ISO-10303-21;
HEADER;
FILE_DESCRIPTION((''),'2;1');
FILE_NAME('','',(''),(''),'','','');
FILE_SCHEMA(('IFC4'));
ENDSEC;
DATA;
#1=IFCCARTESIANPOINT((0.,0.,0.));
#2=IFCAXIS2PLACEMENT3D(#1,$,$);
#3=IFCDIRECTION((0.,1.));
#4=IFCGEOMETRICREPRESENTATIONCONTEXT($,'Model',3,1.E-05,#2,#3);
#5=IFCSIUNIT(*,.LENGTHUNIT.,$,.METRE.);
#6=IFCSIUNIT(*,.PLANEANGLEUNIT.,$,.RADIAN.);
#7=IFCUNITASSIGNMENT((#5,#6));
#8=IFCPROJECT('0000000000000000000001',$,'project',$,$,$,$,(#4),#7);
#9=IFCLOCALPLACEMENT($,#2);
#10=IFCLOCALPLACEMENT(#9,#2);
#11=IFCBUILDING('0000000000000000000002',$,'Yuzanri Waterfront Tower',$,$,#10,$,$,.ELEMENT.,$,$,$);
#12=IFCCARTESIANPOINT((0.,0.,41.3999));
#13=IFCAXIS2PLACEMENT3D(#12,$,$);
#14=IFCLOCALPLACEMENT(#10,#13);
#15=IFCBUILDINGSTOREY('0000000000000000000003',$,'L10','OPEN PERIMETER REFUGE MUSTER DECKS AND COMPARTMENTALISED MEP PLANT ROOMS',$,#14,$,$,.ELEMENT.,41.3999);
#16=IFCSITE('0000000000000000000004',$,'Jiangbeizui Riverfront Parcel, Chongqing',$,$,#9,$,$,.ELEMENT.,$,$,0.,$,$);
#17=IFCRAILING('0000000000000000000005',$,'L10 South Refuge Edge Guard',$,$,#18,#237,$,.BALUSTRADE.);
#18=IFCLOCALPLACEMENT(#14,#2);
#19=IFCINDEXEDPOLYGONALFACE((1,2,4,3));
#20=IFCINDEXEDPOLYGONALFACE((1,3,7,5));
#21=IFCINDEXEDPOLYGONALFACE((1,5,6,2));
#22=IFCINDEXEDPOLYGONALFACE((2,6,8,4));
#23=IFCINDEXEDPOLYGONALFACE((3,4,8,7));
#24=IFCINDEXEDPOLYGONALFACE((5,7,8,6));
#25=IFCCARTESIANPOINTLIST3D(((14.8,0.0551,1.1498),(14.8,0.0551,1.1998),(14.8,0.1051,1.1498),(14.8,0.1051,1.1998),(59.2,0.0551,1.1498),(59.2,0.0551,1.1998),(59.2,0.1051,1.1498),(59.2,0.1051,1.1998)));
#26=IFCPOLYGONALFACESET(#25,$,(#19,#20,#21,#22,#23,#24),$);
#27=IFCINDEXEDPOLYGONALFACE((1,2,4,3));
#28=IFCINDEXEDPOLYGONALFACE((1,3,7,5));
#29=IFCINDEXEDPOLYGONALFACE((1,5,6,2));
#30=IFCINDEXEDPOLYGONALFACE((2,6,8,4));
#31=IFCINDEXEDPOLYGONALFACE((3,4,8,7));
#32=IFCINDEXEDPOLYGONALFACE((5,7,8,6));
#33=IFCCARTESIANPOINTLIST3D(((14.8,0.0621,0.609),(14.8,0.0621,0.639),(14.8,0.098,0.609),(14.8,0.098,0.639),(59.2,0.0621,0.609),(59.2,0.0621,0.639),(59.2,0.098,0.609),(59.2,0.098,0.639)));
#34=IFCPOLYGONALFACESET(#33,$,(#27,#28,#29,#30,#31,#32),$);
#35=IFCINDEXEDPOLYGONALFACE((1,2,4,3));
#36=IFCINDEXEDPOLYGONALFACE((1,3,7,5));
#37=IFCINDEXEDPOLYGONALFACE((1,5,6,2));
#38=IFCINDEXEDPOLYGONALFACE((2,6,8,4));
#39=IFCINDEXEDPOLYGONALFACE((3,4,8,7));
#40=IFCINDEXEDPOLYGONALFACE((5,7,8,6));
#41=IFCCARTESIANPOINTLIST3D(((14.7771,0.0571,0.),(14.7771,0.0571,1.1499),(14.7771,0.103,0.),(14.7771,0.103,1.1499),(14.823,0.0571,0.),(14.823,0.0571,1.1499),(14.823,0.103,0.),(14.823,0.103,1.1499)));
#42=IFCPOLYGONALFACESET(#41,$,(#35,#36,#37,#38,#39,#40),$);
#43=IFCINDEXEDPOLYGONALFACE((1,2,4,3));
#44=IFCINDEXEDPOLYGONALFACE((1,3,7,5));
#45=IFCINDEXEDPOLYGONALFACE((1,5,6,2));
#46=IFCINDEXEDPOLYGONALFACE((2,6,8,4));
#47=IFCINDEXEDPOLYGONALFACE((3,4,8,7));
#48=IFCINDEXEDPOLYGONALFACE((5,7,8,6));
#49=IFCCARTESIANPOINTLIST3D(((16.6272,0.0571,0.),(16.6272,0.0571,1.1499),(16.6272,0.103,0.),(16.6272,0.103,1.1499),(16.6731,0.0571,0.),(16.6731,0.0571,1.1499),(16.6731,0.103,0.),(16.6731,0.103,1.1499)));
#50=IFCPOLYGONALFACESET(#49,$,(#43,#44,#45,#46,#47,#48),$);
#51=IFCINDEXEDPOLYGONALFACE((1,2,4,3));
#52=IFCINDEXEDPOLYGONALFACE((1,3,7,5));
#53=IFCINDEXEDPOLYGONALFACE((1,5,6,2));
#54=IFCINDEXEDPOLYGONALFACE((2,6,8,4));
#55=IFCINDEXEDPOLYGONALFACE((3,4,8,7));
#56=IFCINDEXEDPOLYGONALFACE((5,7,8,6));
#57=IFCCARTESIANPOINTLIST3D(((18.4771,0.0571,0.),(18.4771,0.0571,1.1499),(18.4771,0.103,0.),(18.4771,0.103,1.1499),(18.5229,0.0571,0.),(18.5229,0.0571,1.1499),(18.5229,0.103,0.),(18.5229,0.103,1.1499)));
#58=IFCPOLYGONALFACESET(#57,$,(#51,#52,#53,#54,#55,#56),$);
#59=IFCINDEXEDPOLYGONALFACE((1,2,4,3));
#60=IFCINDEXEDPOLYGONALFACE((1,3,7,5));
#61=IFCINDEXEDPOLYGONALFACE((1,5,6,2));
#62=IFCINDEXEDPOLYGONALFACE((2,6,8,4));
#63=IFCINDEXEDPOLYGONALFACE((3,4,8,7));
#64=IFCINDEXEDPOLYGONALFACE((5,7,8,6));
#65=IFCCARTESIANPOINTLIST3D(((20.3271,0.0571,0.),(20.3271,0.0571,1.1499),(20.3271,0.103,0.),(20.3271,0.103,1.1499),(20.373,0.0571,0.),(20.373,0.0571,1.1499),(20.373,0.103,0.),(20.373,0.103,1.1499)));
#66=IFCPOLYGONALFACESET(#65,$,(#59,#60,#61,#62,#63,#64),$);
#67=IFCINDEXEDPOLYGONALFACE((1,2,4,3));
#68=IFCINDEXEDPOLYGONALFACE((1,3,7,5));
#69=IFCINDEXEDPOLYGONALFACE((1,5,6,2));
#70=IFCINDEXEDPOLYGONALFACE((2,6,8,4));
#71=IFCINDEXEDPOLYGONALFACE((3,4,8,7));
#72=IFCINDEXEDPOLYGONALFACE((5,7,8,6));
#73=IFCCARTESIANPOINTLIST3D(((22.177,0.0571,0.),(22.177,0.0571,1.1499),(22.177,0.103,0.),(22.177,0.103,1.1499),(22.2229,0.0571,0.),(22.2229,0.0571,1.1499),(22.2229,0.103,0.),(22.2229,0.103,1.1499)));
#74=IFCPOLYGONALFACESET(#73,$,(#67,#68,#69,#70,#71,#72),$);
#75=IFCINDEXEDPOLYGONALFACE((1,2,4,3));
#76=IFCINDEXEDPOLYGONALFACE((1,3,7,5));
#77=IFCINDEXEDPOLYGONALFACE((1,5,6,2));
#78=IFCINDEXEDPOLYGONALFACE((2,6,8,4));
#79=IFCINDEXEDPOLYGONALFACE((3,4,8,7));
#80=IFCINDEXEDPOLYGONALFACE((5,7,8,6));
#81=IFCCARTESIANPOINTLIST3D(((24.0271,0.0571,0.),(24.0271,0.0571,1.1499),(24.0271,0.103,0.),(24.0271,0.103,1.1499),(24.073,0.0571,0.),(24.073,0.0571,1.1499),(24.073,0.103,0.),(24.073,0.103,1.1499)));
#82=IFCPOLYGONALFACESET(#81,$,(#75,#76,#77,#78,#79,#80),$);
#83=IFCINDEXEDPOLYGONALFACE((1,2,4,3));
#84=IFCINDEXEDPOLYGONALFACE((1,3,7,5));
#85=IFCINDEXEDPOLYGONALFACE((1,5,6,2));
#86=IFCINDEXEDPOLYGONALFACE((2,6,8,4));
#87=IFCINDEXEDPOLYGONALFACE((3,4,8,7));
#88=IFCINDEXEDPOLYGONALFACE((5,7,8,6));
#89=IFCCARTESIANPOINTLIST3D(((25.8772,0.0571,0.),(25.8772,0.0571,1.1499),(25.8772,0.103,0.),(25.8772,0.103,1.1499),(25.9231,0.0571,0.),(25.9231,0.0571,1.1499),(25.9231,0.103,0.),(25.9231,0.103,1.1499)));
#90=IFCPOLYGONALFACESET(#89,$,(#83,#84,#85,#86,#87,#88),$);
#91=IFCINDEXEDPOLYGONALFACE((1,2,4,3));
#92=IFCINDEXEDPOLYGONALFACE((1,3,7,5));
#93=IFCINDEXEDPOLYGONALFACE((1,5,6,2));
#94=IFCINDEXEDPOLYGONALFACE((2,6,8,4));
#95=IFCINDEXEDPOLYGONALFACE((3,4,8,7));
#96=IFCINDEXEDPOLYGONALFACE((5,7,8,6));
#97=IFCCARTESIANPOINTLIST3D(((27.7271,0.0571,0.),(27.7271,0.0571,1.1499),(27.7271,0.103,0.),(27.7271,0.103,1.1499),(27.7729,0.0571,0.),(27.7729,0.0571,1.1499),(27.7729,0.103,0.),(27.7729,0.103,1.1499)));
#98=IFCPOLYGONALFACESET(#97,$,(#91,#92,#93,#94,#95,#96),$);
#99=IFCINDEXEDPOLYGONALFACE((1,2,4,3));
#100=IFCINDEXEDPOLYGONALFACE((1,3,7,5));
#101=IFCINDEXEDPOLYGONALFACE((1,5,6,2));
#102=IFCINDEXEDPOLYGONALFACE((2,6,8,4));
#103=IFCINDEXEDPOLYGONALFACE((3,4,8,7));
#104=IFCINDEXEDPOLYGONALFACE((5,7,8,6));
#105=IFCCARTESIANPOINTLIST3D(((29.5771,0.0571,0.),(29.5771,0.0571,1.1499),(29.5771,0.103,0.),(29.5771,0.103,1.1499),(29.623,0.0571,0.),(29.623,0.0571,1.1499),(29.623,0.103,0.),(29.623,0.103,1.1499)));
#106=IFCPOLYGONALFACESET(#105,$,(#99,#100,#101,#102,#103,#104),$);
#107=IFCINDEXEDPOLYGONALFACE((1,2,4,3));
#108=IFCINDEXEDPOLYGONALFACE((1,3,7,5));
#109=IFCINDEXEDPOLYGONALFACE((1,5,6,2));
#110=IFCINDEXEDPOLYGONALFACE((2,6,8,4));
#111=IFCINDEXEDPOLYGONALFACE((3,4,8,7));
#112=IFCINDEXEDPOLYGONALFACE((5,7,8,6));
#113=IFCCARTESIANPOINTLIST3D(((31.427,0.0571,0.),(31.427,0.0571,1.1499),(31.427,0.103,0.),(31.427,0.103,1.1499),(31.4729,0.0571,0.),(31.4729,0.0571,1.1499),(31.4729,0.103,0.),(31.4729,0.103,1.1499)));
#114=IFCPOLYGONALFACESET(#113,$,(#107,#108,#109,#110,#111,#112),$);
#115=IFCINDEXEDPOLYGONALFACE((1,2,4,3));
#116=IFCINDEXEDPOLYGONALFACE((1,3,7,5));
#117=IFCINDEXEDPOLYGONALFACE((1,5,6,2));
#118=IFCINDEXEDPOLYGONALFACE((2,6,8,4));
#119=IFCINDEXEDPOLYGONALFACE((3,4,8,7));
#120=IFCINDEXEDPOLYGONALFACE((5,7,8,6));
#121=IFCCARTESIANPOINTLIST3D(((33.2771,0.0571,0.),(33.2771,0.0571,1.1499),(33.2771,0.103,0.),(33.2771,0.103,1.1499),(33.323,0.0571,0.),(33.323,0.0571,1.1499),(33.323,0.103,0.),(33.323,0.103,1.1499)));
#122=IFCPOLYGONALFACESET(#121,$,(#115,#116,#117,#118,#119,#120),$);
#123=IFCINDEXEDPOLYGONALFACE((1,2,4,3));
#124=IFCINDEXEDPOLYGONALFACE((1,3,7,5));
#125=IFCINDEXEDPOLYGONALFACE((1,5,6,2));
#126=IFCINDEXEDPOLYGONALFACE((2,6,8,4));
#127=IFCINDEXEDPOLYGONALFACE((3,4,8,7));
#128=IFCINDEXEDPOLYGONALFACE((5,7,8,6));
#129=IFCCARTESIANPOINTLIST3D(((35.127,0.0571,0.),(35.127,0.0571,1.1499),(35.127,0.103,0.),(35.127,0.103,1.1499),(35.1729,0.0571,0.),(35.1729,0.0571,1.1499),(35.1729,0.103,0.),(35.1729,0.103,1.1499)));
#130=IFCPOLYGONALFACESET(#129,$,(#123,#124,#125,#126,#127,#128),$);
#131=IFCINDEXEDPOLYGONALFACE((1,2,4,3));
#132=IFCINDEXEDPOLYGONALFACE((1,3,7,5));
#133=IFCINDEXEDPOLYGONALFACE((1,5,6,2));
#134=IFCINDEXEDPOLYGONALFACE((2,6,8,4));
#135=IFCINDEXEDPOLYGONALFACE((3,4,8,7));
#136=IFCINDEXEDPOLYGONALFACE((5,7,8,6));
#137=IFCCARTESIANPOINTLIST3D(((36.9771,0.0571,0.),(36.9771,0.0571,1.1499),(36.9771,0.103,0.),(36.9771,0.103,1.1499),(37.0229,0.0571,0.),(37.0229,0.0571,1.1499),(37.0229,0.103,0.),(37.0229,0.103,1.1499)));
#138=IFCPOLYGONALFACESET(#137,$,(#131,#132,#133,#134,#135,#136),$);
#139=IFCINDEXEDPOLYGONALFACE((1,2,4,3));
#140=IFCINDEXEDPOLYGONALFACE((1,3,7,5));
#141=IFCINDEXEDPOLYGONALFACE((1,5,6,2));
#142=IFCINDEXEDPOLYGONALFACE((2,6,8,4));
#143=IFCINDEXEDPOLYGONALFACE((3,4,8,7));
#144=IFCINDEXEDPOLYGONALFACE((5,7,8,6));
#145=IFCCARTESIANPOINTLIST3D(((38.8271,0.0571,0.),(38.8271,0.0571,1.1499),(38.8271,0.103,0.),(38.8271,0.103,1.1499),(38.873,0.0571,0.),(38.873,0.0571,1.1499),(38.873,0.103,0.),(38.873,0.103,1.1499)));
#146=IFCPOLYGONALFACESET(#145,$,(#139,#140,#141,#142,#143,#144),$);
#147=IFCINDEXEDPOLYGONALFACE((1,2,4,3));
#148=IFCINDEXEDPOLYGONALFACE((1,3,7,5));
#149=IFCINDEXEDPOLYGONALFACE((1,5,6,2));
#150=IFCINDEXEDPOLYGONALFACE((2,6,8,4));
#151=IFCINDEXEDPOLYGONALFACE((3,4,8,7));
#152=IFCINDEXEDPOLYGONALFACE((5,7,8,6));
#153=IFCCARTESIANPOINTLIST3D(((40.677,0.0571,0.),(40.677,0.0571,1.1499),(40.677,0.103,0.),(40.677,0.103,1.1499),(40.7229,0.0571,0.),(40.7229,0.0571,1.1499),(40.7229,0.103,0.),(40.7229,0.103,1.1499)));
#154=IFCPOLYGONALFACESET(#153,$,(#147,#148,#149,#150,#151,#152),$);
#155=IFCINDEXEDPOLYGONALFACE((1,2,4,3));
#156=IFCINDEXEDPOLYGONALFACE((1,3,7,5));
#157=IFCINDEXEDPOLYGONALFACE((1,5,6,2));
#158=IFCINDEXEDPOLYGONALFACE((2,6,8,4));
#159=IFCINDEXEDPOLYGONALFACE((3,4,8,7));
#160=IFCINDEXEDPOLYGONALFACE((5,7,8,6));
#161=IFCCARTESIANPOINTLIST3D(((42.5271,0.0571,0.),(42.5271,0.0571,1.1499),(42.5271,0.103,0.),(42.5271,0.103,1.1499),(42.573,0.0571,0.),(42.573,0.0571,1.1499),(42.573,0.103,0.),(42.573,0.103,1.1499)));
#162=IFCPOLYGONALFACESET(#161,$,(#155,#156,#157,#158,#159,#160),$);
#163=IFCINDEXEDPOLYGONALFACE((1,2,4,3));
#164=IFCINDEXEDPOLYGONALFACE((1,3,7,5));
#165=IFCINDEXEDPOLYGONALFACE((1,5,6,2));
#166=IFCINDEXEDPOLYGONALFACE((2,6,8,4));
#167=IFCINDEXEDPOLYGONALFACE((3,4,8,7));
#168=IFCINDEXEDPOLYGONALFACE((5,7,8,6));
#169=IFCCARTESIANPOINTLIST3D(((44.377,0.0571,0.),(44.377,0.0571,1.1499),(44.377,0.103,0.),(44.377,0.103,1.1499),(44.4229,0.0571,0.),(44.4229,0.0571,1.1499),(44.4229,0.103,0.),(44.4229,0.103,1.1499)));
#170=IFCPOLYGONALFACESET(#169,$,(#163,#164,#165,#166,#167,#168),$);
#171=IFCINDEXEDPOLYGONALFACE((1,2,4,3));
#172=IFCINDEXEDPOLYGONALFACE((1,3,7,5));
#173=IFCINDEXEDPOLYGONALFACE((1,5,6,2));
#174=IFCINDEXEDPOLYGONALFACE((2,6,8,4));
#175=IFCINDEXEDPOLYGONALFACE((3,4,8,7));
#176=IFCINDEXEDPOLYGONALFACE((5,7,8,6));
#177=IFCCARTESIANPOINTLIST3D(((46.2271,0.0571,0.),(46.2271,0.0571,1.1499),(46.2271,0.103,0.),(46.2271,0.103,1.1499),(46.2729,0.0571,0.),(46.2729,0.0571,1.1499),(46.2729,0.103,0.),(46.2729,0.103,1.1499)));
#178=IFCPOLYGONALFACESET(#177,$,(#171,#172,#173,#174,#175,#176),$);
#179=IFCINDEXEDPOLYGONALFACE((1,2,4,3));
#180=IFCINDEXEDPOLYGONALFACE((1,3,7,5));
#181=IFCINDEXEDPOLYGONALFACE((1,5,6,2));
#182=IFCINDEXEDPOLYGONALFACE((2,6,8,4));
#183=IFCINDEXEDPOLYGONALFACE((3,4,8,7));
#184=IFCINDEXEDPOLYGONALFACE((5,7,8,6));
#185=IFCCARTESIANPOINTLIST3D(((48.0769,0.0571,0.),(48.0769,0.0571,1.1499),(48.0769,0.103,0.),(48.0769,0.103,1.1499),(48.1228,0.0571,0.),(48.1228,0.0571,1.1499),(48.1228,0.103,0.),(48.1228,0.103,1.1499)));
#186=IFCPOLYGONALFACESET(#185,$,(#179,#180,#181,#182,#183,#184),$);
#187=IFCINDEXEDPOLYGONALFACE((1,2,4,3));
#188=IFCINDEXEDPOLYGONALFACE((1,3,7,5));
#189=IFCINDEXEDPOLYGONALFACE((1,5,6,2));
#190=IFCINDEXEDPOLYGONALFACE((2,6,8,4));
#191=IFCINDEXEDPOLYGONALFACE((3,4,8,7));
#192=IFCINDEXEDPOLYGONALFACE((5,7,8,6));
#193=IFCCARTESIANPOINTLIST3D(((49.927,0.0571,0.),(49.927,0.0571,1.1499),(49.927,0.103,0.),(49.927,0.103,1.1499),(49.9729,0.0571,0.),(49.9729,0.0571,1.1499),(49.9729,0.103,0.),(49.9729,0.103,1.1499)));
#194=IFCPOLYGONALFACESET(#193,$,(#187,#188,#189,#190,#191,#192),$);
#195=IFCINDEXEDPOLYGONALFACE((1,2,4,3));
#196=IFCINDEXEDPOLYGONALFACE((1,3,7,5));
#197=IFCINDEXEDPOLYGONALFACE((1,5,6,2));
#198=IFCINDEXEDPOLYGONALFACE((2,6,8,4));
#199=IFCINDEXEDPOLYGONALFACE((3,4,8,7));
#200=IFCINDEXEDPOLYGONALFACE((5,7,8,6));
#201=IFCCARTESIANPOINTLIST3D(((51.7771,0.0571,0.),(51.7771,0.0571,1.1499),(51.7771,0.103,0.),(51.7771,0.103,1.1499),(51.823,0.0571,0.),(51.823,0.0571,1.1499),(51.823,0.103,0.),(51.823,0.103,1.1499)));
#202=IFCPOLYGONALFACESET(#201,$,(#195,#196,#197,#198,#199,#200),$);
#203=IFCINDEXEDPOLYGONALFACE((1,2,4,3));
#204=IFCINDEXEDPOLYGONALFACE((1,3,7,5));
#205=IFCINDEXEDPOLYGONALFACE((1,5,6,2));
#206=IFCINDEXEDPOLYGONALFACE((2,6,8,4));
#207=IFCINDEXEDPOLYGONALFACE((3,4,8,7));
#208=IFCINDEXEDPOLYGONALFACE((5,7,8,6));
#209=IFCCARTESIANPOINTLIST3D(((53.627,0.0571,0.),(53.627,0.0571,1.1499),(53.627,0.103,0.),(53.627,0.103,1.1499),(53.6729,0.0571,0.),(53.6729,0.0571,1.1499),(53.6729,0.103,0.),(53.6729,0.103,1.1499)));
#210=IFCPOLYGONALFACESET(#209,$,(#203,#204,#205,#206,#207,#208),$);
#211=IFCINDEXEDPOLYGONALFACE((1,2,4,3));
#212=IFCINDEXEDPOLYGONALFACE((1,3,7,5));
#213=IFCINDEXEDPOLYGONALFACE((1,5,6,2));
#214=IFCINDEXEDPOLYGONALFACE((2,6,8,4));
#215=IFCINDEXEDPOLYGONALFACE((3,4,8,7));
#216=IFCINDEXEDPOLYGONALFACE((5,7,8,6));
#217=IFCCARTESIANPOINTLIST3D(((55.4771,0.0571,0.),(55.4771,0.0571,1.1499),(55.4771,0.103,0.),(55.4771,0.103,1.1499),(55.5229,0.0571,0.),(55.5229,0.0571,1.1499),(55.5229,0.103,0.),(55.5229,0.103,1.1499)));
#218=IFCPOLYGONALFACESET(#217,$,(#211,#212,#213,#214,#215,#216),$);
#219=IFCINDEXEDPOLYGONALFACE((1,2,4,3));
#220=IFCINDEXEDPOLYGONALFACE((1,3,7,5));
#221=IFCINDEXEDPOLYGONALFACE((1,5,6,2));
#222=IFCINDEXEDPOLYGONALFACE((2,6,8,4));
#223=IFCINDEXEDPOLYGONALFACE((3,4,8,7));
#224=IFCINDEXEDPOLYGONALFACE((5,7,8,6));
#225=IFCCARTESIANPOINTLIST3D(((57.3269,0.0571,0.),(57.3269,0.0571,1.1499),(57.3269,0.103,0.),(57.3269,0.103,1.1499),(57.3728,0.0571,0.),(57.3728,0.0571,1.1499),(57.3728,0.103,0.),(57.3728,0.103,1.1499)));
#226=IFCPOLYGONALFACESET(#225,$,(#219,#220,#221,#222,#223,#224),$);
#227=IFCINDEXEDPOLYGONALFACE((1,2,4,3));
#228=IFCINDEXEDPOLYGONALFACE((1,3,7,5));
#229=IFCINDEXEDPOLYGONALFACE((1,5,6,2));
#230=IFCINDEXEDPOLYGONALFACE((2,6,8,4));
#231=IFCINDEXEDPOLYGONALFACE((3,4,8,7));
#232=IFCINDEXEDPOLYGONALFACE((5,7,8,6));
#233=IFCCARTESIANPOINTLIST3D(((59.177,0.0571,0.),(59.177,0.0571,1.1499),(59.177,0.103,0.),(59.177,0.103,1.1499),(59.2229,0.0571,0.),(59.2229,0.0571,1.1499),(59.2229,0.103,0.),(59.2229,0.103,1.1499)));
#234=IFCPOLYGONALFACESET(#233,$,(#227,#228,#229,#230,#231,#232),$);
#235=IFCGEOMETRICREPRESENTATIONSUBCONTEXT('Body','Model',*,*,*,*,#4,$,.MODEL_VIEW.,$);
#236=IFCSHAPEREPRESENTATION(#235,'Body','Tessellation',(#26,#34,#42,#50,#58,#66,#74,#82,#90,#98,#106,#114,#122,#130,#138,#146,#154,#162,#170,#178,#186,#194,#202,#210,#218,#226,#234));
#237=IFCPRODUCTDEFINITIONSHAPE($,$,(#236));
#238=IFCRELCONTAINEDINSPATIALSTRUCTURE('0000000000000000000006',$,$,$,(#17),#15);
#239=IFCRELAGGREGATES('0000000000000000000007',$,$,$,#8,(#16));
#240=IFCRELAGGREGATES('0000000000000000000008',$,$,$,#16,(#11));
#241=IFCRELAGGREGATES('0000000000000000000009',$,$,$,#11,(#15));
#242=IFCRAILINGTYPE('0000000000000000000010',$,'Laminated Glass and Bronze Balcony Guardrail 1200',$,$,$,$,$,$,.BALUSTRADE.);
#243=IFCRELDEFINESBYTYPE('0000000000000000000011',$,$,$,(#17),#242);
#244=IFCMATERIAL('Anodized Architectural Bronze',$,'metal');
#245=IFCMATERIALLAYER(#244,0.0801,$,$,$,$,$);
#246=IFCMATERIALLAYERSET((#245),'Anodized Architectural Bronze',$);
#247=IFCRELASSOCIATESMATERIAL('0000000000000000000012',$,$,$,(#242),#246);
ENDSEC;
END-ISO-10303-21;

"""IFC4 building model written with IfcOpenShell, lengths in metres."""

from ifc_helpers import new_model, si_unit, direction, frame, origin, origin_2d, place, context, subcontext, project, spatial, rectangle, extrude, source, transform, mapped, material, layer, layer_set, type_object, element, save


model = new_model("IFC4")

# Units and contexts
model_context = context("Model", 3, precision=1e-05, world=origin(), true_north=direction((0.0, 1.0)))
body_context = subcontext(model_context, "Body", "Model", "MODEL_VIEW")
ifc_project = project(units=[si_unit("LENGTHUNIT", "METRE"), si_unit("PLANEANGLEUNIT", "RADIAN")], contexts=[model_context])

# Site, building, storey
site_placement = place(None, origin())
site = spatial("IfcSite", under=ifc_project, at=site_placement, Name="Jiangbeizui Riverfront Parcel, Chongqing", CompositionType="ELEMENT", RefElevation=0.0)
building_placement = place(site_placement, origin())
building = spatial("IfcBuilding", under=site, at=building_placement, Name="Yuzanri Waterfront Tower", CompositionType="ELEMENT")
storey_placement = place(building_placement, frame((0.0, 0.0, 41.3999)))
storey = spatial("IfcBuildingStorey", under=building, at=storey_placement, Name="L10", Description="OPEN PERIMETER REFUGE MUSTER DECKS AND COMPARTMENTALISED MEP PLANT ROOMS", CompositionType="ELEMENT", Elevation=41.3999)

# Railing
ifc_material_1 = material(Name="Anodized Architectural Bronze", Category="metal")
ifc_layer_1 = layer(ifc_material_1, 0.0801)
ifc_layer_set_1 = layer_set([ifc_layer_1], Name="Anodized Architectural Bronze")
railing_type = type_object("IfcRailingType", Name="Laminated Glass and Bronze Balcony Guardrail 1200", PredefinedType="BALUSTRADE", material=ifc_layer_set_1)
shared_shape_1 = source(origin(), body_context, "Body", "SweptSolid", [
    extrude(rectangle(XDim=0.05, YDim=0.05, at=origin_2d()), frame((0.0, 0.0, 1.1748), z_axis=(1.0, 0.0, 0.0), x_axis=(0.0, 1.0, 0.0)), (0.0, 0.0, 1.0), 44.3999),
    extrude(rectangle(XDim=0.0359, YDim=0.03, at=origin_2d()), frame((0.0, 0.0, 0.624), z_axis=(1.0, 0.0, 0.0), x_axis=(0.0, 1.0, 0.0)), (0.0, 0.0, 1.0), 44.3999),
    extrude(rectangle(XDim=0.0459, YDim=0.0459, at=origin_2d()), origin(), (0.0, 0.0, 1.0), 1.1499),
    extrude(rectangle(XDim=0.0459, YDim=0.0459, at=origin_2d()), frame((1.8501, 0.0, 0.0)), (0.0, 0.0, 1.0), 1.1499),
    extrude(rectangle(XDim=0.0459, YDim=0.0459, at=origin_2d()), frame((3.7, 0.0, 0.0)), (0.0, 0.0, 1.0), 1.1499),
    extrude(rectangle(XDim=0.0459, YDim=0.0459, at=origin_2d()), frame((5.55, 0.0, 0.0)), (0.0, 0.0, 1.0), 1.1499),
    extrude(rectangle(XDim=0.0459, YDim=0.0459, at=origin_2d()), frame((7.3999, 0.0, 0.0)), (0.0, 0.0, 1.0), 1.1499),
    extrude(rectangle(XDim=0.0459, YDim=0.0459, at=origin_2d()), frame((9.25, 0.0, 0.0)), (0.0, 0.0, 1.0), 1.1499),
    extrude(rectangle(XDim=0.0459, YDim=0.0459, at=origin_2d()), frame((11.1001, 0.0, 0.0)), (0.0, 0.0, 1.0), 1.1499),
    extrude(rectangle(XDim=0.0459, YDim=0.0459, at=origin_2d()), frame((12.95, 0.0, 0.0)), (0.0, 0.0, 1.0), 1.1499),
    extrude(rectangle(XDim=0.0459, YDim=0.0459, at=origin_2d()), frame((14.8, 0.0, 0.0)), (0.0, 0.0, 1.0), 1.1499),
    extrude(rectangle(XDim=0.0459, YDim=0.0459, at=origin_2d()), frame((16.6499, 0.0, 0.0)), (0.0, 0.0, 1.0), 1.1499),
    extrude(rectangle(XDim=0.0459, YDim=0.0459, at=origin_2d()), frame((18.5, 0.0, 0.0)), (0.0, 0.0, 1.0), 1.1499),
    extrude(rectangle(XDim=0.0459, YDim=0.0459, at=origin_2d()), frame((20.3499, 0.0, 0.0)), (0.0, 0.0, 1.0), 1.1499),
    extrude(rectangle(XDim=0.0459, YDim=0.0459, at=origin_2d()), frame((22.2, 0.0, 0.0)), (0.0, 0.0, 1.0), 1.1499),
    extrude(rectangle(XDim=0.0459, YDim=0.0459, at=origin_2d()), frame((24.05, 0.0, 0.0)), (0.0, 0.0, 1.0), 1.1499),
    extrude(rectangle(XDim=0.0459, YDim=0.0459, at=origin_2d()), frame((25.8999, 0.0, 0.0)), (0.0, 0.0, 1.0), 1.1499),
    extrude(rectangle(XDim=0.0459, YDim=0.0459, at=origin_2d()), frame((27.75, 0.0, 0.0)), (0.0, 0.0, 1.0), 1.1499),
    extrude(rectangle(XDim=0.0459, YDim=0.0459, at=origin_2d()), frame((29.5999, 0.0, 0.0)), (0.0, 0.0, 1.0), 1.1499),
    extrude(rectangle(XDim=0.0459, YDim=0.0459, at=origin_2d()), frame((31.45, 0.0, 0.0)), (0.0, 0.0, 1.0), 1.1499),
    extrude(rectangle(XDim=0.0459, YDim=0.0459, at=origin_2d()), frame((33.2998, 0.0, 0.0)), (0.0, 0.0, 1.0), 1.1499),
    extrude(rectangle(XDim=0.0459, YDim=0.0459, at=origin_2d()), frame((35.1499, 0.0, 0.0)), (0.0, 0.0, 1.0), 1.1499),
    extrude(rectangle(XDim=0.0459, YDim=0.0459, at=origin_2d()), frame((37.0, 0.0, 0.0)), (0.0, 0.0, 1.0), 1.1499),
    extrude(rectangle(XDim=0.0459, YDim=0.0459, at=origin_2d()), frame((38.8499, 0.0, 0.0)), (0.0, 0.0, 1.0), 1.1499),
    extrude(rectangle(XDim=0.0459, YDim=0.0459, at=origin_2d()), frame((40.7, 0.0, 0.0)), (0.0, 0.0, 1.0), 1.1499),
    extrude(rectangle(XDim=0.0459, YDim=0.0459, at=origin_2d()), frame((42.5498, 0.0, 0.0)), (0.0, 0.0, 1.0), 1.1499),
    extrude(rectangle(XDim=0.0459, YDim=0.0459, at=origin_2d()), frame((44.3999, 0.0, 0.0)), (0.0, 0.0, 1.0), 1.1499),
])
railing_1_placement = place(storey_placement, frame((14.8, 0.0801, 0.0)))
element("IfcRailing", 1, at=railing_1_placement, inside=storey, type_object=railing_type, Name="L10 South Refuge Edge Guard", PredefinedType="BALUSTRADE", context=body_context, shape_type="MappedRepresentation", body=[
    mapped(shared_shape_1, transform((0.0, 0.0, 0.0), scale=1.0)),
])

save(model, "model.ifc")
